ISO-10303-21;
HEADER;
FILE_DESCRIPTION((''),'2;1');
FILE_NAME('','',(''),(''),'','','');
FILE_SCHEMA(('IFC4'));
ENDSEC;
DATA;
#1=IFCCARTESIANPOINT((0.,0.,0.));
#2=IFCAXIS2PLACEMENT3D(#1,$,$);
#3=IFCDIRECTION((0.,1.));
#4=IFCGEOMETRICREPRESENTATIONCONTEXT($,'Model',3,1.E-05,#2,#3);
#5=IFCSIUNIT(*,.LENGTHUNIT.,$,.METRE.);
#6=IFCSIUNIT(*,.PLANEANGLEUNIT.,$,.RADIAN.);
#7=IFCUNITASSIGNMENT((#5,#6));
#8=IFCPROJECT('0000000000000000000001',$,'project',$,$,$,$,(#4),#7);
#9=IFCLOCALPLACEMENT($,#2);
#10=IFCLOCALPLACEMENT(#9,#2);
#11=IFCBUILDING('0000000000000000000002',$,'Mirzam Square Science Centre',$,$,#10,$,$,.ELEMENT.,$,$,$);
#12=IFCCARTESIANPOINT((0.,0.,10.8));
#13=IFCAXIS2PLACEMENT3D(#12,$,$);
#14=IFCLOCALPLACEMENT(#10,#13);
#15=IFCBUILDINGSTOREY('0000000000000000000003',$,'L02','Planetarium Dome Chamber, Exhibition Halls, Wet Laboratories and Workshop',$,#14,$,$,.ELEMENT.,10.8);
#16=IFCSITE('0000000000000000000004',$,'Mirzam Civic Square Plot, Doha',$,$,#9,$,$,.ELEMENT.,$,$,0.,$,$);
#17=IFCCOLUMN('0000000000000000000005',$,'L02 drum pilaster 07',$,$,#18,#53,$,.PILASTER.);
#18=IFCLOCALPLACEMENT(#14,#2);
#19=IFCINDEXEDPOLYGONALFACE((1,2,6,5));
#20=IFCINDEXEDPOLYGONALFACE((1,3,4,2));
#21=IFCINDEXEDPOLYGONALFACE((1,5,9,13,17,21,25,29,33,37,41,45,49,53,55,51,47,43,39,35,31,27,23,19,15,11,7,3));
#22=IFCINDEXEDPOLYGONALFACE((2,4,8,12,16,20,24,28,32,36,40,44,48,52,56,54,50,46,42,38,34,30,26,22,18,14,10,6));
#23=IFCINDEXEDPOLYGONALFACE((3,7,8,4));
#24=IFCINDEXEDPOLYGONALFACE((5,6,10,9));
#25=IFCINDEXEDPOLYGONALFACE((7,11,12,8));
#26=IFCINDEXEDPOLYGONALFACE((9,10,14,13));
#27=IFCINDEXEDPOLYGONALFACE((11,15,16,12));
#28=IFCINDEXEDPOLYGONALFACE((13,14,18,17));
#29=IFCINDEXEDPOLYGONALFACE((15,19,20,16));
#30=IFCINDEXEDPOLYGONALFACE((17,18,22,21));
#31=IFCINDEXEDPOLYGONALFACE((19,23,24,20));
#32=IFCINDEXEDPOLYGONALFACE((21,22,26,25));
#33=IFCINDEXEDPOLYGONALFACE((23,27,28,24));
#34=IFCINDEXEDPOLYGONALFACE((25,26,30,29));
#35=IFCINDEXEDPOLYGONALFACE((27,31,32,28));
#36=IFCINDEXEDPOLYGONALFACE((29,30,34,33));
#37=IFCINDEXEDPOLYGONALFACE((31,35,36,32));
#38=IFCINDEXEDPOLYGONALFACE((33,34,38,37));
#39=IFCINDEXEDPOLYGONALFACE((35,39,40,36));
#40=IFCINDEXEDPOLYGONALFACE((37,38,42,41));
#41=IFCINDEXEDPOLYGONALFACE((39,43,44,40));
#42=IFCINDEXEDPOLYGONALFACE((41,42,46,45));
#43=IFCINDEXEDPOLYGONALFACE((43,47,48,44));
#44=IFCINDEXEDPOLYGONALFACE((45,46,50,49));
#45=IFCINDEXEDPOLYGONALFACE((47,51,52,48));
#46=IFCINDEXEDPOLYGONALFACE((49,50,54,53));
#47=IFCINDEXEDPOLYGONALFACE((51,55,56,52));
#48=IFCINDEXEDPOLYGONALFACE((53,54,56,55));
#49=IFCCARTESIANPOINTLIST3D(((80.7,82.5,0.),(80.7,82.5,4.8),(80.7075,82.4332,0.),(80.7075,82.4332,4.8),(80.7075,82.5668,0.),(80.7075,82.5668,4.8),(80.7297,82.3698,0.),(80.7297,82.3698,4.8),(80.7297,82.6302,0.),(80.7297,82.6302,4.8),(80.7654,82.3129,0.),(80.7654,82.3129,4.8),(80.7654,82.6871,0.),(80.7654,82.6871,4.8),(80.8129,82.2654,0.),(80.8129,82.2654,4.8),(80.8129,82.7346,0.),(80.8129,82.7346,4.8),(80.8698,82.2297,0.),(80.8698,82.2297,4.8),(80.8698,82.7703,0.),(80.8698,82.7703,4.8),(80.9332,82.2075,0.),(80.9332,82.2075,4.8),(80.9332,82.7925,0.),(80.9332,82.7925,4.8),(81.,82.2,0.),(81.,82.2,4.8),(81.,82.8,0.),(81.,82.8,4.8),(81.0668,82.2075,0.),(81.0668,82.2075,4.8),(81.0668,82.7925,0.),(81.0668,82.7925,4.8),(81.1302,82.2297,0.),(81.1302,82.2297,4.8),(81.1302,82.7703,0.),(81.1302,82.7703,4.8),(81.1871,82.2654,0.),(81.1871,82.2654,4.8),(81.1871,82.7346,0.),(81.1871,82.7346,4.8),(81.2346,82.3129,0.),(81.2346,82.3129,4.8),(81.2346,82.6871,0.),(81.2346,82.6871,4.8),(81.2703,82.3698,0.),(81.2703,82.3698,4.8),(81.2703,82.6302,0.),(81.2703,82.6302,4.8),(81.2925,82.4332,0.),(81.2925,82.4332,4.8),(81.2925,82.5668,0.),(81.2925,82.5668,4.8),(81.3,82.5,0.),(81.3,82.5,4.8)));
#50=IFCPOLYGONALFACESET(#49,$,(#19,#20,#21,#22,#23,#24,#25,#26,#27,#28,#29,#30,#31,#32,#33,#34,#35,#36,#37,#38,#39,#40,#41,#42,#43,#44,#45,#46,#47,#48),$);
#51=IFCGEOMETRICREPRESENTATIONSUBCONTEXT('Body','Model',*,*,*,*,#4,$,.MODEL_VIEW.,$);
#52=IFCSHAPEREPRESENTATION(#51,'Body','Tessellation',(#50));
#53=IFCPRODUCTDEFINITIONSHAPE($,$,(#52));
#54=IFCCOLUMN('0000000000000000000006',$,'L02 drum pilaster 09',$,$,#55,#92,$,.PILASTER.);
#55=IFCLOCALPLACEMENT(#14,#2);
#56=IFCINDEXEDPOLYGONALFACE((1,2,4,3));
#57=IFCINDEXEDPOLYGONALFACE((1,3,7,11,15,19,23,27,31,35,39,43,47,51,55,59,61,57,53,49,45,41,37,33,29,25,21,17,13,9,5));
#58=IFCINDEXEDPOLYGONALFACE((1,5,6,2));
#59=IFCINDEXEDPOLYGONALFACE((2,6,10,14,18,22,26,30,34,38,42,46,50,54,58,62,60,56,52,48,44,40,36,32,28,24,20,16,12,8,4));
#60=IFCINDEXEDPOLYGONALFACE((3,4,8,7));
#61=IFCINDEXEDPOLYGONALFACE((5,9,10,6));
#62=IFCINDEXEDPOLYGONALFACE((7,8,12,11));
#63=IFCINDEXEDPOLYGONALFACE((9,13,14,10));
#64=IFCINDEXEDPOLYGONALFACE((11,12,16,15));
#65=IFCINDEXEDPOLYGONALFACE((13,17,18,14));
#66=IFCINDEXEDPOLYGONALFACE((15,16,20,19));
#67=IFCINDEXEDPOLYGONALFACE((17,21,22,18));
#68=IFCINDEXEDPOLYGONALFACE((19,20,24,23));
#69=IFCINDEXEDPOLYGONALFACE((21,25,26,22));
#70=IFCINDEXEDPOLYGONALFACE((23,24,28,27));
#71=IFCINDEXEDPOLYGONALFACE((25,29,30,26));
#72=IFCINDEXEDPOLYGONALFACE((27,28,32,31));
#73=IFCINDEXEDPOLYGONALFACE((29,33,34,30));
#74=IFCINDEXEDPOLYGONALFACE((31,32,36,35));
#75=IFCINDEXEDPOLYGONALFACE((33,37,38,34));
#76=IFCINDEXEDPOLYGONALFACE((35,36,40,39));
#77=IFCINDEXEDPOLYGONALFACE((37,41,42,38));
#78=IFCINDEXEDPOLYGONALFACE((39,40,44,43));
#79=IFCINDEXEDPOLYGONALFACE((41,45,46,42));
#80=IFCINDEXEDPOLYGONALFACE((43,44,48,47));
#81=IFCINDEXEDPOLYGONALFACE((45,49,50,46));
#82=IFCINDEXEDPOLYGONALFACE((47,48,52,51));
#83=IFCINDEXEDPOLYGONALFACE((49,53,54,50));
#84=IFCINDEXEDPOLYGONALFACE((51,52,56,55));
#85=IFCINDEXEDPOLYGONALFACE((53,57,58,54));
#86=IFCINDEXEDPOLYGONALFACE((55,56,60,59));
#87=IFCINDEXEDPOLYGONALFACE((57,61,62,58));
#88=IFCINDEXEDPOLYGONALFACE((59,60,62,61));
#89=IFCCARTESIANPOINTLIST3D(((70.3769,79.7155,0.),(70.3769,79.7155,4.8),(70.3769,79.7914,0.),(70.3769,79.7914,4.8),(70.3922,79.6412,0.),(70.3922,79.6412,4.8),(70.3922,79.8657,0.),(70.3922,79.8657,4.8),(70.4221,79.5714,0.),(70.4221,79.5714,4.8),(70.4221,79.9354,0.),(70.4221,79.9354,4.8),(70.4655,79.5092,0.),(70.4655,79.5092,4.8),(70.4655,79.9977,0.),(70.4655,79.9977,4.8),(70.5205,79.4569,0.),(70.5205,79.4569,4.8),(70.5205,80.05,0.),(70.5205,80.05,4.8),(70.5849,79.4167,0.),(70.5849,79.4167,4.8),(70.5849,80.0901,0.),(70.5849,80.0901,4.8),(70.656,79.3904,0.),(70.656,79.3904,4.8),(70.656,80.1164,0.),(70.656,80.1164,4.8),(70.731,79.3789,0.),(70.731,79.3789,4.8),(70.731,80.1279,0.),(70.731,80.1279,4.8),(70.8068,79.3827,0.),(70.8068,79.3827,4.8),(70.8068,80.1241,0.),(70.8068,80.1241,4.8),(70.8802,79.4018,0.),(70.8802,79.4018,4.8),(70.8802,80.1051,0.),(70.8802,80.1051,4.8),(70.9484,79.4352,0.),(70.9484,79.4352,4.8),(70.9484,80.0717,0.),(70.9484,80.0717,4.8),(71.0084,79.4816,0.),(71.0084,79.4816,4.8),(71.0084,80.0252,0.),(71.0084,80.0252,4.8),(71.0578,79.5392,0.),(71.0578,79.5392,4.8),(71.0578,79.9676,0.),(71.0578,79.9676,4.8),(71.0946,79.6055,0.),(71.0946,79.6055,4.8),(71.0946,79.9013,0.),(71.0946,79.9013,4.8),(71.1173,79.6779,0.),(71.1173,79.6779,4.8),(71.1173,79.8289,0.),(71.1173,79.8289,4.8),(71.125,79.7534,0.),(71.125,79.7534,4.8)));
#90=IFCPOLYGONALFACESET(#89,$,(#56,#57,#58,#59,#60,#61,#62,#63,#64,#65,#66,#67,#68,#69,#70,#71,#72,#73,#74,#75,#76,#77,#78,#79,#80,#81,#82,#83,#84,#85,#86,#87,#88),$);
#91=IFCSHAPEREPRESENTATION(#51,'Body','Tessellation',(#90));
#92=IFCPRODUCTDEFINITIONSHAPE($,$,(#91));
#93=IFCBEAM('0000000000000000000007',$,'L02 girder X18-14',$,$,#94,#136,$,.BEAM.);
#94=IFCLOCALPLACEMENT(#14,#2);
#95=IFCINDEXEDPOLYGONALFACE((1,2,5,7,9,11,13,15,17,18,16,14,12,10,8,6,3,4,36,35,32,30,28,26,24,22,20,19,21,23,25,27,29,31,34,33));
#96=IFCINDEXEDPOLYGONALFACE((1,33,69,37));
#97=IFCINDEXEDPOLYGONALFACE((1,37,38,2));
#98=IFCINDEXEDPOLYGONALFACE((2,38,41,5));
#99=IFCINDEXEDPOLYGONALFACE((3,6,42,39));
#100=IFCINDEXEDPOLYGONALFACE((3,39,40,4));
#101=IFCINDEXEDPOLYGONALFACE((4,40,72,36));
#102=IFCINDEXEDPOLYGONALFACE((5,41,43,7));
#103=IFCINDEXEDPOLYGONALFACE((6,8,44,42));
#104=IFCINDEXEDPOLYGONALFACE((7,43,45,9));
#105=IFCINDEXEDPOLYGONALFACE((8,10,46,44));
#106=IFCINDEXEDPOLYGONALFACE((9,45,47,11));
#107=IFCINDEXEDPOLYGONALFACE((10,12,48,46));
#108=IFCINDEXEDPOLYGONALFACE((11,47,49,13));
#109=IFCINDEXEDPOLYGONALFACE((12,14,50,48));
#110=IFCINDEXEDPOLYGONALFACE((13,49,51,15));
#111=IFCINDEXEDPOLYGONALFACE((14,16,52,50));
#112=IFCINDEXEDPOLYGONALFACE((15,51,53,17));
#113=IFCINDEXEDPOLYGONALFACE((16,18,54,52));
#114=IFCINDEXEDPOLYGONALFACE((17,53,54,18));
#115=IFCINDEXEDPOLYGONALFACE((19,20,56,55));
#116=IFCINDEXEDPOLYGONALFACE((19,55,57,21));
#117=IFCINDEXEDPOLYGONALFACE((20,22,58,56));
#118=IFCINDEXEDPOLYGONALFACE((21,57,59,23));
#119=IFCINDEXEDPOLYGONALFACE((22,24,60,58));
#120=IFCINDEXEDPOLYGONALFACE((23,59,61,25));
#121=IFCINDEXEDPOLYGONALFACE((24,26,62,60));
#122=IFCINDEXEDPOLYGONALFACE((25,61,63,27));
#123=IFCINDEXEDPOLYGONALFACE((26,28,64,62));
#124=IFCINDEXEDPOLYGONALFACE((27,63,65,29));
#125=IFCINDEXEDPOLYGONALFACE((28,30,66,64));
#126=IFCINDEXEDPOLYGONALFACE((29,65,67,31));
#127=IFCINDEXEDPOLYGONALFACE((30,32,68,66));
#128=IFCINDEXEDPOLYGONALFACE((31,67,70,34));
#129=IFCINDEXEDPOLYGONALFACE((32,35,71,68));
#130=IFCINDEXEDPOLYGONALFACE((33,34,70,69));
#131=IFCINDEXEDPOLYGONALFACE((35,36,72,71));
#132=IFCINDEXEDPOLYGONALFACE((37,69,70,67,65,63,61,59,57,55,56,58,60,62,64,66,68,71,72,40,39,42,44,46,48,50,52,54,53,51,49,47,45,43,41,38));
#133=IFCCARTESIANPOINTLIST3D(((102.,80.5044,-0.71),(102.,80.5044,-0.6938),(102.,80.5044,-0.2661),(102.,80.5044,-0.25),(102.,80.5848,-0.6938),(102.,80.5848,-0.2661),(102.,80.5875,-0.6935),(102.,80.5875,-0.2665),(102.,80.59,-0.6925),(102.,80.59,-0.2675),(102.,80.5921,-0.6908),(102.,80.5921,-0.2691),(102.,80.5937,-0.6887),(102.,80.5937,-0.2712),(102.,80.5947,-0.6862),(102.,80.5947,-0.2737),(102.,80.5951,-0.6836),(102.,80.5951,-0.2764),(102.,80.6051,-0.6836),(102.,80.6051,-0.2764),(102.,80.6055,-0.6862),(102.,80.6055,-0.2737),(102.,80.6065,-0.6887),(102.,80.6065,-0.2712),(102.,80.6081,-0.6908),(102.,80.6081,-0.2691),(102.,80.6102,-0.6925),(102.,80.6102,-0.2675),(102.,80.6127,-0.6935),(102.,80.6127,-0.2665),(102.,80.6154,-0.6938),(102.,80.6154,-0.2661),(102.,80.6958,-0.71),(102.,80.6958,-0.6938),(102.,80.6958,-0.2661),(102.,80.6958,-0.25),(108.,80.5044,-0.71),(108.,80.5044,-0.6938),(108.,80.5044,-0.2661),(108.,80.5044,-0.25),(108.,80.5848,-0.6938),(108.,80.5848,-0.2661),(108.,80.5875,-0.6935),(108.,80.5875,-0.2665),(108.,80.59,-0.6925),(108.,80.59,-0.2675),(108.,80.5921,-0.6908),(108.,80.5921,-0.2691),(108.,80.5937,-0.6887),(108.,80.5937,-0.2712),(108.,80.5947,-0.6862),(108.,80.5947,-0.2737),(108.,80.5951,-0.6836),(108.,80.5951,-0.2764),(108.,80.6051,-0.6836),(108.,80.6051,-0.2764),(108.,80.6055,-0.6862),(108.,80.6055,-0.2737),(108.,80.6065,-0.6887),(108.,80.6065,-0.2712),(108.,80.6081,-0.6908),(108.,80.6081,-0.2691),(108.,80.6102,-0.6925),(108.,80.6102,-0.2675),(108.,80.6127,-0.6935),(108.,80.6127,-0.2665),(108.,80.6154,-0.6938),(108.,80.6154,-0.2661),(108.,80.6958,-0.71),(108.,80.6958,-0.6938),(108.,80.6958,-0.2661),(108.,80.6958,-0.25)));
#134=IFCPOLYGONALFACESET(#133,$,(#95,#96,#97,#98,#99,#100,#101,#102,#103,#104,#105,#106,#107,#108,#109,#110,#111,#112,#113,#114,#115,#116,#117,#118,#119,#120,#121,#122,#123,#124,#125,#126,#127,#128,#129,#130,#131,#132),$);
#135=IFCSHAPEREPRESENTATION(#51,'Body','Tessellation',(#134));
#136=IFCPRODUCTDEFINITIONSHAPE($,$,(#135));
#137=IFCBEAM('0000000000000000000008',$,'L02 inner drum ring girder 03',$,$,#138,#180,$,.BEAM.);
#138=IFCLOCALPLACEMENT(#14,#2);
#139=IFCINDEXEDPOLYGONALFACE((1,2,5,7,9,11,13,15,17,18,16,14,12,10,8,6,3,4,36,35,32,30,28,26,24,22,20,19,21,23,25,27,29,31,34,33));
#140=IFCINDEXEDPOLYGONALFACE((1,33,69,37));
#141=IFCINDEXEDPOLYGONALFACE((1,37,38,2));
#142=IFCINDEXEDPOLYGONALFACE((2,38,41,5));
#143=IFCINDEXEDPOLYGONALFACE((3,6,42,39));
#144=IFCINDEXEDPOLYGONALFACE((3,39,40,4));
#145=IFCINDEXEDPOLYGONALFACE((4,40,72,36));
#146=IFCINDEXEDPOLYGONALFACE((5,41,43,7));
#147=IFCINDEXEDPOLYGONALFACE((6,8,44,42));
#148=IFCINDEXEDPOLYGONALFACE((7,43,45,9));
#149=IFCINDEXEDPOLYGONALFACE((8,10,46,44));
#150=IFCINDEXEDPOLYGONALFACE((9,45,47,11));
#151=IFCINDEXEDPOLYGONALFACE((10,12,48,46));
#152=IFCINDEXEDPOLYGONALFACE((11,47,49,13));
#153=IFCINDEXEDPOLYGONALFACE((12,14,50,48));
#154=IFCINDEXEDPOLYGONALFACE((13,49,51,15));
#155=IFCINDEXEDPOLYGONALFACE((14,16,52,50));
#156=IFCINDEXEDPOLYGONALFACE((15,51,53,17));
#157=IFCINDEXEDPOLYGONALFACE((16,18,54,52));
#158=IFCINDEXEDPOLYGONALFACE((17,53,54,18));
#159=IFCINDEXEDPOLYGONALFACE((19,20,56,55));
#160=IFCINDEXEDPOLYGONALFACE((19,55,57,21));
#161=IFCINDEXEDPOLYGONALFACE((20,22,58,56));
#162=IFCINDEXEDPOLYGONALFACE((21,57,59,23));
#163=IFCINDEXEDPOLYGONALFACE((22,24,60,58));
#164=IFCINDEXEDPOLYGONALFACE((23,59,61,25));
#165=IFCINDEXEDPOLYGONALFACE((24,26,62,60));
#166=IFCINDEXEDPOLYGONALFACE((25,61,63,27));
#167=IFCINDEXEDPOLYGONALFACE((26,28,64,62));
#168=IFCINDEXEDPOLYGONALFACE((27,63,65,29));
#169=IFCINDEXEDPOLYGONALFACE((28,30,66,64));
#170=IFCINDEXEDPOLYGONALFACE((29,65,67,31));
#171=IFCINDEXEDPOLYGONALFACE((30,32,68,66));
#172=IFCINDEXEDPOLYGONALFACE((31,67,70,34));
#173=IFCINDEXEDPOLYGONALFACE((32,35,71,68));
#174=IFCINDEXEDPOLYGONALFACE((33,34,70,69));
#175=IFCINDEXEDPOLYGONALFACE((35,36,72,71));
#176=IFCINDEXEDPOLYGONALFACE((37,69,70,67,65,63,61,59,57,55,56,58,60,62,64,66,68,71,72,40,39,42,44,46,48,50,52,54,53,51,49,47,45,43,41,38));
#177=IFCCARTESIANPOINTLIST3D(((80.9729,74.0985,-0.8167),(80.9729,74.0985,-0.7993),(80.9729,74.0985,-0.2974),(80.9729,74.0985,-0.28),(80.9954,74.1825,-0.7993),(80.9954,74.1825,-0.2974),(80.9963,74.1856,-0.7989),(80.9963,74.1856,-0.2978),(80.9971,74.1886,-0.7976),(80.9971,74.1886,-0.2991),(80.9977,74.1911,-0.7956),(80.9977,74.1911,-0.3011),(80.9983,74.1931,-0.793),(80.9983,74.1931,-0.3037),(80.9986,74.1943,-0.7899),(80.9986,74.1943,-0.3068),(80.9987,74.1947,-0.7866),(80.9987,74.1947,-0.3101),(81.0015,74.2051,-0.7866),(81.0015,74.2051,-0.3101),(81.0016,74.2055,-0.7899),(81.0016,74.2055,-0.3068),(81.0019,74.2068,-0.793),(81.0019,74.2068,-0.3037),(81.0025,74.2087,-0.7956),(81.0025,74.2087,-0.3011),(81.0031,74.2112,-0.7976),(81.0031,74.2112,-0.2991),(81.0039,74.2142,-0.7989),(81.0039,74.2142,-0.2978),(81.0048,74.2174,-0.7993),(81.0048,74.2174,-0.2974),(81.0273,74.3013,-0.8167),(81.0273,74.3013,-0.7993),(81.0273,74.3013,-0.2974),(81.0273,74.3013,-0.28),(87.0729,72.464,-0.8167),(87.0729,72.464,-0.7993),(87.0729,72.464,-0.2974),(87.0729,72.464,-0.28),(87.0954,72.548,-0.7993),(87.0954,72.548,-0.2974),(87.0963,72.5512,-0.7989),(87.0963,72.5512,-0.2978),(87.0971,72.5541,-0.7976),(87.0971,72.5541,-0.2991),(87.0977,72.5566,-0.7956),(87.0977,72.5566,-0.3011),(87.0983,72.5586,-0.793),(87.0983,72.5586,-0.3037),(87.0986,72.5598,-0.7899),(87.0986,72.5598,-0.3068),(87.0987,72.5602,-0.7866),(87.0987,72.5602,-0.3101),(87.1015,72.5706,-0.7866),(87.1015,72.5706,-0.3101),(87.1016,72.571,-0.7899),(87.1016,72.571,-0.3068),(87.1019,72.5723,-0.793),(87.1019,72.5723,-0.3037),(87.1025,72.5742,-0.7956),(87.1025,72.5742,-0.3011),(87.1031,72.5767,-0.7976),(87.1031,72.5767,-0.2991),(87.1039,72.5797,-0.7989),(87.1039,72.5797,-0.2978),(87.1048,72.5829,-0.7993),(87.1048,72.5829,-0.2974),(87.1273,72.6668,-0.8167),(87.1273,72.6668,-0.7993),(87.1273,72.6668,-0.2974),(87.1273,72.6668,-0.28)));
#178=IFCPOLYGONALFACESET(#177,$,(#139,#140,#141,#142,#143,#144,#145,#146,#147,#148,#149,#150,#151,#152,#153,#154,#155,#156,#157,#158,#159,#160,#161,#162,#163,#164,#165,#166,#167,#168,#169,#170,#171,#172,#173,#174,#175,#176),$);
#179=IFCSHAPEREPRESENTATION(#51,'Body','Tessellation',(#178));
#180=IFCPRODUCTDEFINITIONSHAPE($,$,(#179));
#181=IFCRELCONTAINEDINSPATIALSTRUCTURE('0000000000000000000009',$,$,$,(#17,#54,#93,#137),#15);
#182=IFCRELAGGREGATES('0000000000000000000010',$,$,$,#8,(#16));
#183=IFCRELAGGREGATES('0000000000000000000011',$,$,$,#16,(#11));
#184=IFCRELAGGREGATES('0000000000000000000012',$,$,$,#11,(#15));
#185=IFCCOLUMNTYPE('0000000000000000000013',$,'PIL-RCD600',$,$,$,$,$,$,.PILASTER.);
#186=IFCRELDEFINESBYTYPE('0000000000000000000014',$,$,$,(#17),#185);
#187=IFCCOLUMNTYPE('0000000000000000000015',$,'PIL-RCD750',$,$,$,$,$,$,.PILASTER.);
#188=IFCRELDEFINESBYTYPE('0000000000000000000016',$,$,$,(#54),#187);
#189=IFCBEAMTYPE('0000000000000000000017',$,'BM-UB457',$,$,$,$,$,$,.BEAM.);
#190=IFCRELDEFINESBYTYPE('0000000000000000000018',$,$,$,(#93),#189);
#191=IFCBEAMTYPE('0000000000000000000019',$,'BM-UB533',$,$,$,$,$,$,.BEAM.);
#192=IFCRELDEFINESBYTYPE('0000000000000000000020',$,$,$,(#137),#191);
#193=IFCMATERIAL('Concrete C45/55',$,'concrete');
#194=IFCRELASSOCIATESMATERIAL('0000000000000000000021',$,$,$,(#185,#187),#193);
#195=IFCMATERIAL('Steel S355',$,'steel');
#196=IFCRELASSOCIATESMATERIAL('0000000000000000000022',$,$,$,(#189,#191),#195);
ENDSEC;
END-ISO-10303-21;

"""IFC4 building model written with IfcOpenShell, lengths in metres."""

from ifc_helpers import new_model, si_unit, direction, frame, origin, origin_2d, place, context, subcontext, project, spatial, circle, i_section, extrude, material, material_profile, profile_set, type_object, element, save


model = new_model("IFC4")

# Units and contexts
model_context = context("Model", 3, precision=1e-05, world=origin(), true_north=direction((0.0, 1.0)))
body_context = subcontext(model_context, "Body", "Model", "MODEL_VIEW")
ifc_project = project(units=[si_unit("LENGTHUNIT", "METRE"), si_unit("PLANEANGLEUNIT", "RADIAN")], contexts=[model_context])

# Site, building, storey
site_placement = place(None, origin())
site = spatial("IfcSite", under=ifc_project, at=site_placement, Name="Mirzam Civic Square Plot, Doha", CompositionType="ELEMENT", RefElevation=0.0)
building_placement = place(site_placement, origin())
building = spatial("IfcBuilding", under=site, at=building_placement, Name="Mirzam Square Science Centre", CompositionType="ELEMENT")
storey_placement = place(building_placement, frame((0.0, 0.0, 10.8)))
storey = spatial("IfcBuildingStorey", under=building, at=storey_placement, Name="L02", Description="Planetarium Dome Chamber, Exhibition Halls, Wet Laboratories and Workshop", CompositionType="ELEMENT", Elevation=10.8)

# Columns
ifc_material_1 = material(Name="Steel S355", Category="steel")
ifc_material_2 = material(Name="Concrete C45/55", Category="concrete")
ifc_material_profile_1 = material_profile(ifc_material_2, circle(Radius=0.3, at=origin_2d()), Name="RCD600")
ifc_profile_set_1 = profile_set([ifc_material_profile_1], Name="Concrete C45/55")
column_type_1 = type_object("IfcColumnType", Name="PIL-RCD600", PredefinedType="PILASTER", material=ifc_profile_set_1)
column_1_placement = place(storey_placement, frame((81.0, 82.5, 0.0), z_axis=(0.0, 0.0, 1.0), x_axis=(1.0, 0.0, 0.0)))
element("IfcColumn", 1, at=column_1_placement, inside=storey, type_object=column_type_1, Name="L02 drum pilaster 07", PredefinedType="PILASTER", context=body_context, shape_type="SweptSolid", body=[
    extrude(circle(Radius=0.3, at=origin_2d()), origin(), (0.0, 0.0, 1.0), 4.8),
])
ifc_material_profile_2 = material_profile(ifc_material_2, circle(Radius=0.375, at=origin_2d()), Name="RCD750")
ifc_profile_set_2 = profile_set([ifc_material_profile_2], Name="Concrete C45/55")
column_type_2 = type_object("IfcColumnType", Name="PIL-RCD750", PredefinedType="PILASTER", material=ifc_profile_set_2)
column_2_placement = place(storey_placement, frame((70.75, 79.7534, 0.0), z_axis=(0.0, 0.0, 1.0), x_axis=(1.0, 0.0, 0.0)))
element("IfcColumn", 2, at=column_2_placement, inside=storey, type_object=column_type_2, Name="L02 drum pilaster 09", PredefinedType="PILASTER", context=body_context, shape_type="SweptSolid", body=[
    extrude(circle(Radius=0.375, at=origin_2d()), origin(), (0.0, 0.0, 1.0), 4.8),
])

# Beams
ifc_material_profile_3 = material_profile(ifc_material_1, i_section(OverallWidth=0.1914, OverallDepth=0.46, WebThickness=0.01, FlangeThickness=0.0161, FilletRadius=0.0103, at=origin_2d()), Name="457x191x82UB")
ifc_profile_set_3 = profile_set([ifc_material_profile_3], Name="Steel S355")
beam_type_1 = type_object("IfcBeamType", Name="BM-UB457", PredefinedType="BEAM", material=ifc_profile_set_3)
beam_1_placement = place(storey_placement, frame((102.0, 80.6001, -0.48), z_axis=(1.0, 0.0, 0.0), x_axis=(0.0, 1.0, 0.0)))
element("IfcBeam", 3, at=beam_1_placement, inside=storey, type_object=beam_type_1, Name="L02 girder X18-14", PredefinedType="BEAM", context=body_context, shape_type="SweptSolid", body=[
    extrude(i_section(OverallWidth=0.1914, OverallDepth=0.46, WebThickness=0.01, FlangeThickness=0.0161, FilletRadius=0.0103, at=origin_2d()), origin(), (0.0, 0.0, 1.0), 6.0),
])
ifc_material_profile_4 = material_profile(ifc_material_1, i_section(OverallWidth=0.21, OverallDepth=0.5366, WebThickness=0.0107, FlangeThickness=0.0173, FilletRadius=0.0127, at=origin_2d()), Name="533x210x101UB")
ifc_profile_set_4 = profile_set([ifc_material_profile_4], Name="Steel S355")
beam_type_2 = type_object("IfcBeamType", Name="BM-UB533", PredefinedType="BEAM", material=ifc_profile_set_4)
for number, where, z_axis, x_axis, name in (
    (4, (87.1001, 72.5654, -0.5483), (-0.965926, 0.25882, 0.0), (-0.25882, -0.965926, 0.0), "L02 inner drum ring girder 03"),
):
    element("IfcBeam", number, at=place(storey_placement, frame(where, z_axis=z_axis, x_axis=x_axis)), inside=storey, type_object=beam_type_2, Name=name, PredefinedType="BEAM", context=body_context, shape_type="SweptSolid", body=[
        extrude(i_section(OverallWidth=0.21, OverallDepth=0.5366, WebThickness=0.0107, FlangeThickness=0.0173, FilletRadius=0.0127, at=origin_2d()), origin(), (0.0, 0.0, 1.0), 6.3152),
    ])

save(model, "model.ifc")
